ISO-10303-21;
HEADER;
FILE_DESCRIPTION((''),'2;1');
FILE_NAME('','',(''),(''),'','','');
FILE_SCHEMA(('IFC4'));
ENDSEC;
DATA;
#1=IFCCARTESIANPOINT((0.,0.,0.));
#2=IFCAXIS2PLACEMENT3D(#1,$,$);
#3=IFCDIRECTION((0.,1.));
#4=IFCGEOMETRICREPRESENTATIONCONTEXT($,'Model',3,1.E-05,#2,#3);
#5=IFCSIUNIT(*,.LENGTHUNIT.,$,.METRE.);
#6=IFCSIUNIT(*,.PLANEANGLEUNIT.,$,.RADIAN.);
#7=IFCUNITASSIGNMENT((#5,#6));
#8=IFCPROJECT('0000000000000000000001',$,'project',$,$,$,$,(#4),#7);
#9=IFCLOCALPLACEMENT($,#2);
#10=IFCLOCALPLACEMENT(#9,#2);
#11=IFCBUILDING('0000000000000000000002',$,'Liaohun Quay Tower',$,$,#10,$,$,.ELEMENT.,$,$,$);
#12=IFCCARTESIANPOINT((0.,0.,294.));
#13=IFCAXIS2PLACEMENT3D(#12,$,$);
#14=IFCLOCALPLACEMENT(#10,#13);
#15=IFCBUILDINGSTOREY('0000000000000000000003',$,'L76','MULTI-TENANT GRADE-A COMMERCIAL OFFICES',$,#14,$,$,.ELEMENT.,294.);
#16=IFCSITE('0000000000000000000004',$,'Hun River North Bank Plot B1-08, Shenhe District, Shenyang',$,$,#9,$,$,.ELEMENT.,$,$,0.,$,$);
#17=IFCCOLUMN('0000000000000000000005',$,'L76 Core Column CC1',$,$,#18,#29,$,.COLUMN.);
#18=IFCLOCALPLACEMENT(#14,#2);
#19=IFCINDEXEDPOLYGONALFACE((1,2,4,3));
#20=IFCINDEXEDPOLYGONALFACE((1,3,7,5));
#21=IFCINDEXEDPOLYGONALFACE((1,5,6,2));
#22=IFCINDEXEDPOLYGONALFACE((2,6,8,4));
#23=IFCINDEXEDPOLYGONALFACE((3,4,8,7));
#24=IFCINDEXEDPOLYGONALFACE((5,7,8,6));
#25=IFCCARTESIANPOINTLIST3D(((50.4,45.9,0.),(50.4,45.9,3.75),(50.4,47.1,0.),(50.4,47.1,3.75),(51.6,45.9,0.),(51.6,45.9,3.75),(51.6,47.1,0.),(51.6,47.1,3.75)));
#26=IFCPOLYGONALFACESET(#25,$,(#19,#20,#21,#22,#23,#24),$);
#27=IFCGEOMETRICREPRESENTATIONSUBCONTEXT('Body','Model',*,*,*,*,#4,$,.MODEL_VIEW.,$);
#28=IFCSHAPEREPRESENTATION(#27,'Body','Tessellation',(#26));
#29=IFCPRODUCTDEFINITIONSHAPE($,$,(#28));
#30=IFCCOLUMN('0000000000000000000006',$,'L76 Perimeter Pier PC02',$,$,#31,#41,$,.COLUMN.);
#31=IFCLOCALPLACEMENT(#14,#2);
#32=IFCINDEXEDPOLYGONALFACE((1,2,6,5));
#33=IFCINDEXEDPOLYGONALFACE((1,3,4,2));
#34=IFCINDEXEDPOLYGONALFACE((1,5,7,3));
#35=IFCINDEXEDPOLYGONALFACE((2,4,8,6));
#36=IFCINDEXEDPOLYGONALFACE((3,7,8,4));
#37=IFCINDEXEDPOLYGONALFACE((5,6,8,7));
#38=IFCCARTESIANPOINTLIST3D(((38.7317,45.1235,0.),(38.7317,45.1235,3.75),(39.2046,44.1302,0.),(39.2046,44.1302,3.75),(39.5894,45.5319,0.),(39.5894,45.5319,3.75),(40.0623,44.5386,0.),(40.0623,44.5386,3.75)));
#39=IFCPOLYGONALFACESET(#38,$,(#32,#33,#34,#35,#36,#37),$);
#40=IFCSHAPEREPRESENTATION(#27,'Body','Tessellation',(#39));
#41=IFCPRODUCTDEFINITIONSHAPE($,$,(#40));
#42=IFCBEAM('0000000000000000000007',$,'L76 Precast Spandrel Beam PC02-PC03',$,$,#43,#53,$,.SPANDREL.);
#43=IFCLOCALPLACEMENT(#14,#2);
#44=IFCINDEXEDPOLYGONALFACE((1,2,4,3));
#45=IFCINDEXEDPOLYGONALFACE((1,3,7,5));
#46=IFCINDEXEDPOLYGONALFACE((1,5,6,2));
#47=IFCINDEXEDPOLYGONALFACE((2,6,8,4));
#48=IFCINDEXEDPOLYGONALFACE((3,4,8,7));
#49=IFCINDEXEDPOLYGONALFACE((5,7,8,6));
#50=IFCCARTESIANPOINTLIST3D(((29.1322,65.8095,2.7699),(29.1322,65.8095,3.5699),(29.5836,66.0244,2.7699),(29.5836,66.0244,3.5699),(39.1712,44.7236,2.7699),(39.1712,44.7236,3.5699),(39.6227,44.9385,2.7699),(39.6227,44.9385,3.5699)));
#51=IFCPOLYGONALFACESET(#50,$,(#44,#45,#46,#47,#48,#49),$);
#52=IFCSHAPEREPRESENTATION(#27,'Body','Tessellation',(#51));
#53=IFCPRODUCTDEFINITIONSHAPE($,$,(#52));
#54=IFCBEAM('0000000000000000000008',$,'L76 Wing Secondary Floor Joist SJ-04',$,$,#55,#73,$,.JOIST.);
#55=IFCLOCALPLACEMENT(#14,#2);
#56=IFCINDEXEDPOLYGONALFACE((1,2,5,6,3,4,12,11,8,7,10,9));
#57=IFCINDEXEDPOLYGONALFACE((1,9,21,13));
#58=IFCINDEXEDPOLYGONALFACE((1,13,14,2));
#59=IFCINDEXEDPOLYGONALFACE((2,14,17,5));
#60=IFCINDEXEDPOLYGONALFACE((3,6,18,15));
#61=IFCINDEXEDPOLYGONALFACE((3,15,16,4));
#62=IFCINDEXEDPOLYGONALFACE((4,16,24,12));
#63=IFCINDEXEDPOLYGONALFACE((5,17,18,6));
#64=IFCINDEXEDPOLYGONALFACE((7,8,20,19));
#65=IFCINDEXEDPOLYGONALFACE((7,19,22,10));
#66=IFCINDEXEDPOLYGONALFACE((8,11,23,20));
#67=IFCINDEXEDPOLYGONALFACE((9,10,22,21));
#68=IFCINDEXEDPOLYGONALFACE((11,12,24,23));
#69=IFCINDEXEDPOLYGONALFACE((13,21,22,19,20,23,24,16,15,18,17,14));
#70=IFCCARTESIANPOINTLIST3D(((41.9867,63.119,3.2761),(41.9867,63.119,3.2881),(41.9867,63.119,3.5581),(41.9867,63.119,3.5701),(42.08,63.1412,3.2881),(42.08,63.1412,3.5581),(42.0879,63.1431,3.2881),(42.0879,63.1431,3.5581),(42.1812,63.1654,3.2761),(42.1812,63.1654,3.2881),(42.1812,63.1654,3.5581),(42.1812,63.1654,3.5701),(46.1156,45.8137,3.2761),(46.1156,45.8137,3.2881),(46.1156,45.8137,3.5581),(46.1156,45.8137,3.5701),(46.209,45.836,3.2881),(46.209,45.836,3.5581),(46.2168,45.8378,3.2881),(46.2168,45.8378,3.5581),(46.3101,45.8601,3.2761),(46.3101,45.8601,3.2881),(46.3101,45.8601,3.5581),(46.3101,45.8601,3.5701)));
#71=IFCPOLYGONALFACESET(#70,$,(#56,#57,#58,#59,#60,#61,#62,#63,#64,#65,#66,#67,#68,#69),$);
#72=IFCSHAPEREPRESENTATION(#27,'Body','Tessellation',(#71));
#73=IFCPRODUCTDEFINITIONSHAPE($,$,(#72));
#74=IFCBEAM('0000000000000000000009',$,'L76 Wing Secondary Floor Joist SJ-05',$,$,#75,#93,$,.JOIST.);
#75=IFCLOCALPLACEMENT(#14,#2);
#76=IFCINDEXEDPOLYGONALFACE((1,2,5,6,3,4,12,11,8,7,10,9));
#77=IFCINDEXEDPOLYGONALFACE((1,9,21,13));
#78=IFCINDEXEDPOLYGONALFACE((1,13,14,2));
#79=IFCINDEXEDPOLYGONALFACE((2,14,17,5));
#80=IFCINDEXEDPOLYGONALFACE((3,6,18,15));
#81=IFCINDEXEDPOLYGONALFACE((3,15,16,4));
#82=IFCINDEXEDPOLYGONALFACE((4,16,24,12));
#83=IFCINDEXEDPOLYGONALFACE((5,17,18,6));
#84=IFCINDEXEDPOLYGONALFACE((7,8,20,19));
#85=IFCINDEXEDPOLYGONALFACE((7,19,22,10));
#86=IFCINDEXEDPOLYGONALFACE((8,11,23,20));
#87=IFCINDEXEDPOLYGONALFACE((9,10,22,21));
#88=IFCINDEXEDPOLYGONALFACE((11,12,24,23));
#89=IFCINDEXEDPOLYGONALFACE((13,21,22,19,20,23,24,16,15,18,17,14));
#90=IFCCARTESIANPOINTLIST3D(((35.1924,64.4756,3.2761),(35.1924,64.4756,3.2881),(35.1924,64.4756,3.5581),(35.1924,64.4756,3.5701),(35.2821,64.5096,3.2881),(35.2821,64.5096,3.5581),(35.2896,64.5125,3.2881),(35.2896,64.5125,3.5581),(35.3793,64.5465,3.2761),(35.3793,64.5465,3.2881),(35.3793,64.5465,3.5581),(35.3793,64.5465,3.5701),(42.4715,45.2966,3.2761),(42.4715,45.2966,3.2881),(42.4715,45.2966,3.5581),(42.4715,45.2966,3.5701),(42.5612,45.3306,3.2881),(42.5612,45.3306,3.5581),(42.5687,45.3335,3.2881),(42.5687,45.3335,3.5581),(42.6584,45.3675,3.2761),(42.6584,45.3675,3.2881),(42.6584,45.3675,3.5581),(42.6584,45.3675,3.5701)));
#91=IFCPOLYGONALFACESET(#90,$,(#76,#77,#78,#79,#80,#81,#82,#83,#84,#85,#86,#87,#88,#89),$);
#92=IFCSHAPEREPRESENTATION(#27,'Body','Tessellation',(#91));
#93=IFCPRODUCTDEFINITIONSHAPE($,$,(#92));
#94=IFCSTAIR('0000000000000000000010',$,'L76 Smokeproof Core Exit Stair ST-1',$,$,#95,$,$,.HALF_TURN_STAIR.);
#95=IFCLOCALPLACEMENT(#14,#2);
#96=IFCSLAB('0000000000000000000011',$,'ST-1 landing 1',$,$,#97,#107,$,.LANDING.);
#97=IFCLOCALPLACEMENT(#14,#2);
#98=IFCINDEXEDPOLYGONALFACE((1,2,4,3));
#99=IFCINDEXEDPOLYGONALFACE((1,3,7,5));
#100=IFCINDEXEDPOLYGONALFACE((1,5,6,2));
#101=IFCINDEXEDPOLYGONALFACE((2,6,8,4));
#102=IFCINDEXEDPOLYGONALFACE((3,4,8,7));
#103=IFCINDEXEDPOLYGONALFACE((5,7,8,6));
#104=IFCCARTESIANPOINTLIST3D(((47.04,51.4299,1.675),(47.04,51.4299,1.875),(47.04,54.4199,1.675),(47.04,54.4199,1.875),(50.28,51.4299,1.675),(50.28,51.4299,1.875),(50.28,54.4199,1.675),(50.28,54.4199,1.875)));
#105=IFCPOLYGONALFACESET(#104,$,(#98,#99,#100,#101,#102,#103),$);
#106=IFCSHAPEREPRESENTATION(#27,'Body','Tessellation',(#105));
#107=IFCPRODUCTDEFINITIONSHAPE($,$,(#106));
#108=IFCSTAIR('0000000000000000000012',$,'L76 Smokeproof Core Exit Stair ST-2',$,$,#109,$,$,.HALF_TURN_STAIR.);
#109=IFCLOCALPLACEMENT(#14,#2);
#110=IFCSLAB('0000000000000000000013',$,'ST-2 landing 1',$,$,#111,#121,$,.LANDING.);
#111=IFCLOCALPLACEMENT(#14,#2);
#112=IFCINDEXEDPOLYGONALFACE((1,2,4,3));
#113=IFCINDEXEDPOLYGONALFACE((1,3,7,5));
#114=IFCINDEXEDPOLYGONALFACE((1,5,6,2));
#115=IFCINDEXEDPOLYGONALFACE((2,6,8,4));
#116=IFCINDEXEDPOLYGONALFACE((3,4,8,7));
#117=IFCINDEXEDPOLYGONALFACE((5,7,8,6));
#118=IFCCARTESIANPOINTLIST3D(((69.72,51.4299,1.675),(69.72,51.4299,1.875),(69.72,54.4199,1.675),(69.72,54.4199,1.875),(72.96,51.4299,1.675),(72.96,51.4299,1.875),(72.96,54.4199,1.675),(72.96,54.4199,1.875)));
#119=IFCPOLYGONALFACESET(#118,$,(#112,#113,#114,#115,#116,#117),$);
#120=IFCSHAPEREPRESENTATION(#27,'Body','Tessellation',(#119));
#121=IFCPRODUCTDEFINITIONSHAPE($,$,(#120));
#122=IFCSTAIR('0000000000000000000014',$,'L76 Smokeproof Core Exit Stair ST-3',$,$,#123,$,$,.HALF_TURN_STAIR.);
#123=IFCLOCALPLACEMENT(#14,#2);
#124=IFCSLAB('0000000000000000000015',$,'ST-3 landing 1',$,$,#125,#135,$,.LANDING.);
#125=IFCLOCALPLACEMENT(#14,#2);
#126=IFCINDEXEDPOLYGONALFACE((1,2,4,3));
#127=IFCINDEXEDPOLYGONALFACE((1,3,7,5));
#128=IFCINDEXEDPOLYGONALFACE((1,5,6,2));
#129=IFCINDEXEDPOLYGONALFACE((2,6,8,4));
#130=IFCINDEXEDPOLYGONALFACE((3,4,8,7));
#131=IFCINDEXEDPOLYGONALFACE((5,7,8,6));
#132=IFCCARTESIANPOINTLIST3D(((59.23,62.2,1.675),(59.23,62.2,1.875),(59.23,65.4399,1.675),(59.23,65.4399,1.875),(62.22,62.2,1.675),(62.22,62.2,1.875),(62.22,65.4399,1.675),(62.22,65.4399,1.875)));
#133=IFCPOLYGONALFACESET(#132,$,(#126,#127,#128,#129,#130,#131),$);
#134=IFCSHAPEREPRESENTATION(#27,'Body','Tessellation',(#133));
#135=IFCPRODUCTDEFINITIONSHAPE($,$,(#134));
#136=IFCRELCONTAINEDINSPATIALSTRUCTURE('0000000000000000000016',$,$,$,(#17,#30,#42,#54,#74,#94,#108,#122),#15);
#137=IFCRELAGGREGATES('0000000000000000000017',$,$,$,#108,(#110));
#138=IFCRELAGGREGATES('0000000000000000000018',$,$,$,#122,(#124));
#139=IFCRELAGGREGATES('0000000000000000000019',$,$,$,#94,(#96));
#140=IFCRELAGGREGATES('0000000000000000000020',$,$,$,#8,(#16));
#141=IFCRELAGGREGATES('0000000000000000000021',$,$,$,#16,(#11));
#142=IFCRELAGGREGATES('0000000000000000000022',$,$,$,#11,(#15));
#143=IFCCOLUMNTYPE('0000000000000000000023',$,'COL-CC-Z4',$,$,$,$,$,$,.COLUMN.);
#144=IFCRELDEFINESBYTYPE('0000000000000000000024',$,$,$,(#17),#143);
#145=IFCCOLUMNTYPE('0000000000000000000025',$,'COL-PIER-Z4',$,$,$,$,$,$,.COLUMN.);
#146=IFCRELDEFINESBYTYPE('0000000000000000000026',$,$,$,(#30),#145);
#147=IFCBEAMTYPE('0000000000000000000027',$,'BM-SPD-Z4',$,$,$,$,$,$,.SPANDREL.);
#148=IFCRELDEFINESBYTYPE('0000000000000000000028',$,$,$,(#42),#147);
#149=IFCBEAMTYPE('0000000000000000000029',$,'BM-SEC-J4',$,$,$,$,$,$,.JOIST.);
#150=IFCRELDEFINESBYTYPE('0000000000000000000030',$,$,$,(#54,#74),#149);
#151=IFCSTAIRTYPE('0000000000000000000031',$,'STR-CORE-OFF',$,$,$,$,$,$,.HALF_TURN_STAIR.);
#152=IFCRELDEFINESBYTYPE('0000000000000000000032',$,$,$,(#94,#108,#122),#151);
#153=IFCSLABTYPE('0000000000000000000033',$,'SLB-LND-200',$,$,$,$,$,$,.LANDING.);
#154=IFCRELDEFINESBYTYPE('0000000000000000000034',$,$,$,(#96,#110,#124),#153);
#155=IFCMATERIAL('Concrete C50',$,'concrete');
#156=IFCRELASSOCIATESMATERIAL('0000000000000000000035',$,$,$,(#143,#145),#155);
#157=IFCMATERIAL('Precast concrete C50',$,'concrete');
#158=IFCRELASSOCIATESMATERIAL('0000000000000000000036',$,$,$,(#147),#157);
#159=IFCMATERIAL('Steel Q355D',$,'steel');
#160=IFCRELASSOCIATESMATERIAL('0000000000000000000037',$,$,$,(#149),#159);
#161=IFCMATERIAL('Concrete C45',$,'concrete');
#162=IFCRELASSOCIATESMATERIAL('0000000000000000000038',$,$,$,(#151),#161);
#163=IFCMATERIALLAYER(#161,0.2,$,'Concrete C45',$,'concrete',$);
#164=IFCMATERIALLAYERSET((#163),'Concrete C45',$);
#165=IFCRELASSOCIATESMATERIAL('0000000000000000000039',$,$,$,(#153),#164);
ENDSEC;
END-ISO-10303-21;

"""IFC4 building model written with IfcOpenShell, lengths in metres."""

from ifc_helpers import new_model, si_unit, direction, frame, origin, origin_2d, place, context, subcontext, project, spatial, polyline, rectangle, i_section, outline, extrude, source, transform, mapped, material, layer, layer_set, material_profile, profile_set, type_object, element, aggregate, save


model = new_model("IFC4")

# Units and contexts
model_context = context("Model", 3, precision=1e-05, world=origin(), true_north=direction((0.0, 1.0)))
body_context = subcontext(model_context, "Body", "Model", "MODEL_VIEW")
ifc_project = project(units=[si_unit("LENGTHUNIT", "METRE"), si_unit("PLANEANGLEUNIT", "RADIAN")], contexts=[model_context])

# Site, building, storey
site_placement = place(None, origin())
site = spatial("IfcSite", under=ifc_project, at=site_placement, Name="Hun River North Bank Plot B1-08, Shenhe District, Shenyang", CompositionType="ELEMENT", RefElevation=0.0)
building_placement = place(site_placement, origin())
building = spatial("IfcBuilding", under=site, at=building_placement, Name="Liaohun Quay Tower", CompositionType="ELEMENT")
storey_placement = place(building_placement, frame((0.0, 0.0, 294.0)))
storey = spatial("IfcBuildingStorey", under=building, at=storey_placement, Name="L76", Description="MULTI-TENANT GRADE-A COMMERCIAL OFFICES", CompositionType="ELEMENT", Elevation=294.0)

# Columns
ifc_material_1 = material(Name="Concrete C50", Category="concrete")
ifc_material_profile_1 = material_profile(ifc_material_1, rectangle(XDim=1.2, YDim=1.2, at=origin_2d()), Name="RC1200x1200")
ifc_profile_set_1 = profile_set([ifc_material_profile_1], Name="Concrete C50")
column_type_1 = type_object("IfcColumnType", Name="COL-CC-Z4", PredefinedType="COLUMN", material=ifc_profile_set_1)
shared_shape_1 = source(origin(), body_context, "Body", "SweptSolid", [
    extrude(rectangle(XDim=1.2, YDim=1.2, at=origin_2d()), origin(), (0.0, 0.0, 1.0), 3.75),
])
column_1_placement = place(storey_placement, frame((51.0, 46.5, 0.0), z_axis=(0.0, 0.0, 1.0), x_axis=(1.0, 0.0, 0.0)))
element("IfcColumn", 1, at=column_1_placement, inside=storey, type_object=column_type_1, Name="L76 Core Column CC1", PredefinedType="COLUMN", context=body_context, shape_type="MappedRepresentation", body=[
    mapped(shared_shape_1, transform((0.0, 0.0, 0.0), x_axis=(1.0, 0.0, 0.0), y_axis=(0.0, 1.0, 0.0), z_axis=(0.0, 0.0, 1.0), scale=1.0)),
])
ifc_material_profile_2 = material_profile(ifc_material_1, rectangle(XDim=1.1001, YDim=0.95, at=origin_2d()), Name="RC1100x950")
ifc_profile_set_2 = profile_set([ifc_material_profile_2], Name="Concrete C50")
column_type_2 = type_object("IfcColumnType", Name="COL-PIER-Z4", PredefinedType="COLUMN", material=ifc_profile_set_2)
shared_shape_2 = source(origin(), body_context, "Body", "SweptSolid", [
    extrude(rectangle(XDim=1.1001, YDim=0.95, at=origin_2d()), origin(), (0.0, 0.0, 1.0), 3.75),
])
column_2_placement = place(storey_placement, frame((39.397, 44.8311, 0.0), z_axis=(0.0, 0.0, 1.0), x_axis=(-0.429881, 0.902886, 0.0)))
element("IfcColumn", 2, at=column_2_placement, inside=storey, type_object=column_type_2, Name="L76 Perimeter Pier PC02", PredefinedType="COLUMN", context=body_context, shape_type="MappedRepresentation", body=[
    mapped(shared_shape_2, transform((0.0, 0.0, 0.0), x_axis=(1.0, 0.0, 0.0), y_axis=(0.0, 1.0, 0.0), z_axis=(0.0, 0.0, 1.0), scale=1.0)),
])

# Beams
ifc_material_2 = material(Name="Precast concrete C50", Category="concrete")
ifc_material_profile_3 = material_profile(ifc_material_2, rectangle(XDim=0.5, YDim=0.8, at=origin_2d()), Name="RC500x800")
ifc_profile_set_3 = profile_set([ifc_material_profile_3], Name="Precast concrete C50")
beam_type_1 = type_object("IfcBeamType", Name="BM-SPD-Z4", PredefinedType="SPANDREL", material=ifc_profile_set_3)
shared_shape_3 = source(origin(), body_context, "Body", "SweptSolid", [
    extrude(rectangle(XDim=0.5, YDim=0.8, at=origin_2d()), origin(), (0.0, 0.0, 1.0), 23.3538),
])
beam_1_placement = place(storey_placement, frame((39.397, 44.8311, 3.1699), z_axis=(-0.429869, 0.902891, 0.0), x_axis=(-0.902891, -0.429869, 0.0)))
element("IfcBeam", 3, at=beam_1_placement, inside=storey, type_object=beam_type_1, Name="L76 Precast Spandrel Beam PC02-PC03", PredefinedType="SPANDREL", context=body_context, shape_type="MappedRepresentation", body=[
    mapped(shared_shape_3, transform((0.0, 0.0, 0.0), x_axis=(1.0, 0.0, 0.0), y_axis=(0.0, 1.0, 0.0), z_axis=(0.0, 0.0, 1.0), scale=1.0)),
])
ifc_material_3 = material(Name="Steel Q355D", Category="steel")
ifc_material_profile_4 = material_profile(ifc_material_3, i_section(OverallWidth=0.2, OverallDepth=0.2939, WebThickness=0.0081, FlangeThickness=0.012, at=origin_2d()), Name="HM294x200x8x12")
ifc_profile_set_4 = profile_set([ifc_material_profile_4], Name="Steel Q355D")
beam_type_2 = type_object("IfcBeamType", Name="BM-SEC-J4", PredefinedType="JOIST", material=ifc_profile_set_4)
shared_shape_4 = source(origin(), body_context, "Body", "SweptSolid", [
    extrude(i_section(OverallWidth=0.2, OverallDepth=0.2939, WebThickness=0.0081, FlangeThickness=0.012, at=origin_2d()), origin(), (0.0, 0.0, 1.0), 17.791),
])
beam_2_placement = place(storey_placement, frame((46.2129, 45.8369, 3.4231), z_axis=(-0.232079, 0.972697, 0.0), x_axis=(-0.972697, -0.232079, 0.0)))
element("IfcBeam", 4, at=beam_2_placement, inside=storey, type_object=beam_type_2, Name="L76 Wing Secondary Floor Joist SJ-04", PredefinedType="JOIST", context=body_context, shape_type="MappedRepresentation", body=[
    mapped(shared_shape_4, transform((0.0, 0.0, 0.0), x_axis=(1.0, 0.0, 0.0), y_axis=(0.0, 1.0, 0.0), z_axis=(0.0, 0.0, 1.0), scale=1.0)),
])
shared_shape_5 = source(origin(), body_context, "Body", "SweptSolid", [
    extrude(i_section(OverallWidth=0.2, OverallDepth=0.2939, WebThickness=0.0081, FlangeThickness=0.012, at=origin_2d()), origin(), (0.0, 0.0, 1.0), 20.5139),
])
beam_3_placement = place(storey_placement, frame((42.5649, 45.332, 3.4231), z_axis=(-0.354836, 0.934928, 0.0), x_axis=(-0.934928, -0.354836, 0.0)))
element("IfcBeam", 5, at=beam_3_placement, inside=storey, type_object=beam_type_2, Name="L76 Wing Secondary Floor Joist SJ-05", PredefinedType="JOIST", context=body_context, shape_type="MappedRepresentation", body=[
    mapped(shared_shape_5, transform((0.0, 0.0, 0.0), x_axis=(1.0, 0.0, 0.0), y_axis=(0.0, 1.0, 0.0), z_axis=(0.0, 0.0, 1.0), scale=1.0)),
])

# Stairs, slabs
ifc_material_4 = material(Name="Concrete C45", Category="concrete")
stair_type = type_object("IfcStairType", Name="STR-CORE-OFF", PredefinedType="HALF_TURN_STAIR", material=ifc_material_4)
stair_1_placement = place(storey_placement, origin())
stair_1 = element("IfcStair", 6, at=stair_1_placement, inside=storey, type_object=stair_type, Name="L76 Smokeproof Core Exit Stair ST-1", PredefinedType="HALF_TURN_STAIR")
ifc_layer_1 = layer(ifc_material_4, 0.2, Name="Concrete C45", Category="concrete")
ifc_layer_set_1 = layer_set([ifc_layer_1], Name="Concrete C45")
slab_type_1 = type_object("IfcSlabType", Name="SLB-LND-200", PredefinedType="LANDING", material=ifc_layer_set_1)
slab_1_placement = place(storey_placement, frame((0.0, 0.0, 1.675)))
slab_1 = element("IfcSlab", 7, at=slab_1_placement, type_object=slab_type_1, Name="ST-1 landing 1", PredefinedType="LANDING", context=body_context, shape_type="SweptSolid", body=[
    extrude(outline(polyline([(50.28, 51.4299), (50.28, 54.4199), (47.04, 54.4199), (47.04, 51.4299), (50.28, 51.4299)])), origin(), (0.0, 0.0, 1.0), 0.2),
])
stair_2_placement = place(storey_placement, origin())
stair_2 = element("IfcStair", 8, at=stair_2_placement, inside=storey, type_object=stair_type, Name="L76 Smokeproof Core Exit Stair ST-2", PredefinedType="HALF_TURN_STAIR")
slab_2_placement = place(storey_placement, frame((0.0, 0.0, 1.675)))
slab_2 = element("IfcSlab", 9, at=slab_2_placement, type_object=slab_type_1, Name="ST-2 landing 1", PredefinedType="LANDING", context=body_context, shape_type="SweptSolid", body=[
    extrude(outline(polyline([(72.96, 51.4299), (72.96, 54.4199), (69.72, 54.4199), (69.72, 51.4299), (72.96, 51.4299)])), origin(), (0.0, 0.0, 1.0), 0.2),
])
aggregate(stair_2, [slab_2])
stair_3_placement = place(storey_placement, origin())
stair_3 = element("IfcStair", 10, at=stair_3_placement, inside=storey, type_object=stair_type, Name="L76 Smokeproof Core Exit Stair ST-3", PredefinedType="HALF_TURN_STAIR")
slab_3_placement = place(storey_placement, frame((0.0, 0.0, 1.675)))
slab_3 = element("IfcSlab", 11, at=slab_3_placement, type_object=slab_type_1, Name="ST-3 landing 1", PredefinedType="LANDING", context=body_context, shape_type="SweptSolid", body=[
    extrude(outline(polyline([(59.23, 62.2), (62.22, 62.2), (62.22, 65.4399), (59.23, 65.4399), (59.23, 62.2)])), origin(), (0.0, 0.0, 1.0), 0.2),
])
aggregate(stair_3, [slab_3])

aggregate(stair_1, [slab_1])

save(model, "model.ifc")
